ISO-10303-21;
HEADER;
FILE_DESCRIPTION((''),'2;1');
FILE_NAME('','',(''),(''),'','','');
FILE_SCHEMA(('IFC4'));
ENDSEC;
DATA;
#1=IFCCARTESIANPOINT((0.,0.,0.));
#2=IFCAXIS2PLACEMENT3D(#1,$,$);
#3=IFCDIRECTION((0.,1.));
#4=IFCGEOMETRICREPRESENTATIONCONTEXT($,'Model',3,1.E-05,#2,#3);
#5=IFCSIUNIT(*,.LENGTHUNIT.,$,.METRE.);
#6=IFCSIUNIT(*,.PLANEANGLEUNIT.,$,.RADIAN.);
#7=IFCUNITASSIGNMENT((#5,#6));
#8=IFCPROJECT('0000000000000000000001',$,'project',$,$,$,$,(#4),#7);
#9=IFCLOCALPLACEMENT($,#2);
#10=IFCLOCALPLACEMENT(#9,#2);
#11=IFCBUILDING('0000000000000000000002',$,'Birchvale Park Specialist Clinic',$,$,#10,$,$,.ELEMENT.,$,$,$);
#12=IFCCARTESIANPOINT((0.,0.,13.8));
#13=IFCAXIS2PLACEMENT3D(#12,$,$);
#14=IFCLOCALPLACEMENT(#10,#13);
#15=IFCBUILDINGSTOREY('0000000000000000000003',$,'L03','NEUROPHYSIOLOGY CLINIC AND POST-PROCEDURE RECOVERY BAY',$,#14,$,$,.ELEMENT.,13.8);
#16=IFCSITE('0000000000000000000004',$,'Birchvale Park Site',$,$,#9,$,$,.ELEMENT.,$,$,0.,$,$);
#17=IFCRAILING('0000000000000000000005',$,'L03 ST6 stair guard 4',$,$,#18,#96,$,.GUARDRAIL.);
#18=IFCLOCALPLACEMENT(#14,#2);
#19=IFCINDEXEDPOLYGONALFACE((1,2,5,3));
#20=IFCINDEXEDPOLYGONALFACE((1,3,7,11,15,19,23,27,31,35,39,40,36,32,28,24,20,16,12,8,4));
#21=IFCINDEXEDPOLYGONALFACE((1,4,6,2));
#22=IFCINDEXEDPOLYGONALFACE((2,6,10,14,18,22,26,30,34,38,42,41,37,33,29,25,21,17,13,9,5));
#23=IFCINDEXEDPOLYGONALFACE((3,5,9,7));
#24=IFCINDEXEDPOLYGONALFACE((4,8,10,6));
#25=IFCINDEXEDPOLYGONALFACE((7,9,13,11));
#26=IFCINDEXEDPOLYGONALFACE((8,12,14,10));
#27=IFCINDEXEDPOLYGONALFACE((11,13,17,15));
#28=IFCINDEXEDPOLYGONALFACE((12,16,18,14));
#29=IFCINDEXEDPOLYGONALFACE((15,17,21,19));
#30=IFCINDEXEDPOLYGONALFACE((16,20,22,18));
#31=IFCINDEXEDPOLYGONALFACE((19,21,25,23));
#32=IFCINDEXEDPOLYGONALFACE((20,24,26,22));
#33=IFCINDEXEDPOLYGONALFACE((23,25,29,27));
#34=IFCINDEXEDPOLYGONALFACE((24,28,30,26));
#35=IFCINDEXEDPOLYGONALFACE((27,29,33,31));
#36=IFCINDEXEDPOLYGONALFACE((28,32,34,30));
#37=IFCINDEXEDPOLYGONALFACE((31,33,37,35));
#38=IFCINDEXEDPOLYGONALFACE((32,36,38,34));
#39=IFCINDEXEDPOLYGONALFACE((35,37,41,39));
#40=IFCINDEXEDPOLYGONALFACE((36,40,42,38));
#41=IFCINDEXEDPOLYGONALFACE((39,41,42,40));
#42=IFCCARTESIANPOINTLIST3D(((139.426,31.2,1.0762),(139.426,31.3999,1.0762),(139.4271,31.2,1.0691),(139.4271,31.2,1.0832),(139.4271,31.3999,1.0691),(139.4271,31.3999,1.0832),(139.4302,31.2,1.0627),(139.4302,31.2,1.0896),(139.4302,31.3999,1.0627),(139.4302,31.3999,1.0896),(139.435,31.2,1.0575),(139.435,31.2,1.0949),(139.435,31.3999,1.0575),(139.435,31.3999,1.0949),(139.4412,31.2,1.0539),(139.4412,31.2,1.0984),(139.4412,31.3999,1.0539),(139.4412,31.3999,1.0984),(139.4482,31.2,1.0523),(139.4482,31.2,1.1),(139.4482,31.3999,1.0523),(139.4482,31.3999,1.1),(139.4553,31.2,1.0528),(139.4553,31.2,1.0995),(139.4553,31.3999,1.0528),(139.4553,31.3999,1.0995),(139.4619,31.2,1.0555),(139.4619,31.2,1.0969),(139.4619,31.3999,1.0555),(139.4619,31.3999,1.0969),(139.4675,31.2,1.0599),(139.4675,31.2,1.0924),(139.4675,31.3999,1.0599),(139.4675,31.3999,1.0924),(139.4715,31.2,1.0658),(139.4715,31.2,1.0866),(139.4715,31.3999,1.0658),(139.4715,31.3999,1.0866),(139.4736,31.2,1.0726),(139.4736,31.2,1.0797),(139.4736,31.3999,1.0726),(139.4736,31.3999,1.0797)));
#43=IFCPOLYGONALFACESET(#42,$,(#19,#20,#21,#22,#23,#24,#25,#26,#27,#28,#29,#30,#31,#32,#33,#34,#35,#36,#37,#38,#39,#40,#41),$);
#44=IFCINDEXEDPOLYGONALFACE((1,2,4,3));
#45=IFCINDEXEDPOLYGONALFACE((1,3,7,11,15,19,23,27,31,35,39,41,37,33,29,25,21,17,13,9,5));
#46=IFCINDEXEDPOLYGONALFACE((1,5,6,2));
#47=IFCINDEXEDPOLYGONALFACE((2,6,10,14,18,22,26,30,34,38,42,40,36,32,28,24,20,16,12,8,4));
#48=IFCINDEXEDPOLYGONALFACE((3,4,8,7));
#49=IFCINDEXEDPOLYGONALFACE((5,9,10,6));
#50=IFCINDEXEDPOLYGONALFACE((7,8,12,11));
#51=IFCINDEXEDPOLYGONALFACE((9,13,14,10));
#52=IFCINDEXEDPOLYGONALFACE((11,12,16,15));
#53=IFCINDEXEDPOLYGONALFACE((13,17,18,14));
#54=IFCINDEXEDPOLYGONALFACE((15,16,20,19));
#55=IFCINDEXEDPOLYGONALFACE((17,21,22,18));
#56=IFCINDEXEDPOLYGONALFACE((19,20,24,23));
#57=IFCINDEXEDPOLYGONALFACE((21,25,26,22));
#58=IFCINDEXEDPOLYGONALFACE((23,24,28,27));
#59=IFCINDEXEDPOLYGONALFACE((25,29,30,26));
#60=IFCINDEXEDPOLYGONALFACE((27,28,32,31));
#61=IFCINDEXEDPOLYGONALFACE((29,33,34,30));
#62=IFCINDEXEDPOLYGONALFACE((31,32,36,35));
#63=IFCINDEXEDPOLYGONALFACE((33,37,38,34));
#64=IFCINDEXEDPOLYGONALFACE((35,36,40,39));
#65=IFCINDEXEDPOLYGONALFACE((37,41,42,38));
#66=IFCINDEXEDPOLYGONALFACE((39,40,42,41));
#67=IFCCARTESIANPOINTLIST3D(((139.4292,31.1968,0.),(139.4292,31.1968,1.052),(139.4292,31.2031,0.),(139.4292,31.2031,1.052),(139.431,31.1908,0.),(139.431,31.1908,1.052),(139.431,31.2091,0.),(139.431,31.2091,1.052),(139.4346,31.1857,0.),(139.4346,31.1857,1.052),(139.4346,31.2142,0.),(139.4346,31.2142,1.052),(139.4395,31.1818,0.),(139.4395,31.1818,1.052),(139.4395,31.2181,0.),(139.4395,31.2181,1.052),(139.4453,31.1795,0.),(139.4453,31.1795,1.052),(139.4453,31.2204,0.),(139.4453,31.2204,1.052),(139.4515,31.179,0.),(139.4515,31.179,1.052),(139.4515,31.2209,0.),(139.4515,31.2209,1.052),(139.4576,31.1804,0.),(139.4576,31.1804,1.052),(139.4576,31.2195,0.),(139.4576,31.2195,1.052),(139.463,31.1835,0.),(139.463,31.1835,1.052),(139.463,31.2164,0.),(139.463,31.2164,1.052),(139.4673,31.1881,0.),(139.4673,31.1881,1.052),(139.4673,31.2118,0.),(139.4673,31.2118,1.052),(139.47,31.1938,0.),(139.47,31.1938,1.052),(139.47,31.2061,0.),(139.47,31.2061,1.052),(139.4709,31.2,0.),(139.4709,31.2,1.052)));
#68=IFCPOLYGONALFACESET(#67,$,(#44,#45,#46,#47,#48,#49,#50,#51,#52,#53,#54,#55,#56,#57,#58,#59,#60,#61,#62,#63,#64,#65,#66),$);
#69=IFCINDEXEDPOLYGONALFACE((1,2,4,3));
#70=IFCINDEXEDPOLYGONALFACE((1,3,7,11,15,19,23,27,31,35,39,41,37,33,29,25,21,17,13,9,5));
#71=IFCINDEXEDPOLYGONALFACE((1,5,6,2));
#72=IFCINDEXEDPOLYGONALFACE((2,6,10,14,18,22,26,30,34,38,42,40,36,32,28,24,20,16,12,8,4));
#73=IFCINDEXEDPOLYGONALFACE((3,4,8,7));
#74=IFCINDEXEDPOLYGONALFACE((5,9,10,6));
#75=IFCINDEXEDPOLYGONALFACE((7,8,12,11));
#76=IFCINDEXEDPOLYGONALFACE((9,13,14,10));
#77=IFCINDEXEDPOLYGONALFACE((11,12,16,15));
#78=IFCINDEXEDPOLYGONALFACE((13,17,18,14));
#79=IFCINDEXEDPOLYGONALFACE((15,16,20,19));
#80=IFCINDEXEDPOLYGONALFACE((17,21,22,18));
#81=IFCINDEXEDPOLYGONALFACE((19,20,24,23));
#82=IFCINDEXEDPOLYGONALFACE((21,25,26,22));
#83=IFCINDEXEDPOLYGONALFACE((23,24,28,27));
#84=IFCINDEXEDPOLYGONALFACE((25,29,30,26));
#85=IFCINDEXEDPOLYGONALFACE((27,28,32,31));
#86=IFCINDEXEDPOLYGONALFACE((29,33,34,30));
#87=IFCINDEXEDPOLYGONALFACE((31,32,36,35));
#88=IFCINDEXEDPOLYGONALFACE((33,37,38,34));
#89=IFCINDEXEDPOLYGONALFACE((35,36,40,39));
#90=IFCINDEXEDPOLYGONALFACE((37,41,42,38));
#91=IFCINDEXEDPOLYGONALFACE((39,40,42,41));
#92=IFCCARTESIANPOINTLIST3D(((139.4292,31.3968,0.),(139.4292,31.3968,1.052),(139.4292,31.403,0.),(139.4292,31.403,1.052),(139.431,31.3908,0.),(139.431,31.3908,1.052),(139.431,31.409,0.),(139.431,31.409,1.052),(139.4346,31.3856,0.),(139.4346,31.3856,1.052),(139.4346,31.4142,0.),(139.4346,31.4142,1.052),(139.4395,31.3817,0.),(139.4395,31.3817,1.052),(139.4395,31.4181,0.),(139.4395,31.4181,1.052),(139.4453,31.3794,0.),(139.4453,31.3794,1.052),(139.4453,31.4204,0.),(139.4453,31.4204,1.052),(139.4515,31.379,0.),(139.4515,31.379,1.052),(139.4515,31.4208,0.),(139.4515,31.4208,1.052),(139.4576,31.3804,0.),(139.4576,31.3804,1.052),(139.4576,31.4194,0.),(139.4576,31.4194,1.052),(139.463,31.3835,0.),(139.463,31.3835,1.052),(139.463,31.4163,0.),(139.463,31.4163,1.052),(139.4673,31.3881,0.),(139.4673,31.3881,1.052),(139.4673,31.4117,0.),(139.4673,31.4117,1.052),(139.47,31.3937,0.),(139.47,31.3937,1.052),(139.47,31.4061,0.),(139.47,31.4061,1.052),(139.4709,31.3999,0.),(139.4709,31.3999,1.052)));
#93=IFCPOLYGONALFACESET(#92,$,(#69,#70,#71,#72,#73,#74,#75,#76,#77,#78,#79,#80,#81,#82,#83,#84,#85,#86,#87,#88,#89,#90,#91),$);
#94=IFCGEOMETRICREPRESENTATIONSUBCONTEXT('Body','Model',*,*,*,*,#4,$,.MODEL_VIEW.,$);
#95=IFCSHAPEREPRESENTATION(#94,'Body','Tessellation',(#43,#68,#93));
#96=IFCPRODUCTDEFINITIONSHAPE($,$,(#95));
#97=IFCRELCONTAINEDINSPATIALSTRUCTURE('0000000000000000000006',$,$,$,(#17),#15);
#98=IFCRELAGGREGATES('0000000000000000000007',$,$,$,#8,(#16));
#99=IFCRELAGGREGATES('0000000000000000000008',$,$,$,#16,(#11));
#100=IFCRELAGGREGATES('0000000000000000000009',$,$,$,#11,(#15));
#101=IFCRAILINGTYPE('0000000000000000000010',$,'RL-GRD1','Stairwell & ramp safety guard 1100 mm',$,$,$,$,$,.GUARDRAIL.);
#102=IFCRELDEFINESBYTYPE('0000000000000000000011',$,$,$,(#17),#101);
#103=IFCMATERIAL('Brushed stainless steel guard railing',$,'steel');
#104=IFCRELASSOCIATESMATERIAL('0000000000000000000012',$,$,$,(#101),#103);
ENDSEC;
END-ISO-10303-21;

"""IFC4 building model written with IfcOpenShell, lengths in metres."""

from ifc_helpers import new_model, si_unit, direction, frame, origin, origin_2d, place, context, subcontext, project, spatial, circle, extrude, material, type_object, element, save


model = new_model("IFC4")

# Units and contexts
model_context = context("Model", 3, precision=1e-05, world=origin(), true_north=direction((0.0, 1.0)))
body_context = subcontext(model_context, "Body", "Model", "MODEL_VIEW")
ifc_project = project(units=[si_unit("LENGTHUNIT", "METRE"), si_unit("PLANEANGLEUNIT", "RADIAN")], contexts=[model_context])

# Site, building, storey
site_placement = place(None, origin())
site = spatial("IfcSite", under=ifc_project, at=site_placement, Name="Birchvale Park Site", CompositionType="ELEMENT", RefElevation=0.0)
building_placement = place(site_placement, origin())
building = spatial("IfcBuilding", under=site, at=building_placement, Name="Birchvale Park Specialist Clinic", CompositionType="ELEMENT")
storey_placement = place(building_placement, frame((0.0, 0.0, 13.8)))
storey = spatial("IfcBuildingStorey", under=building, at=storey_placement, Name="L03", Description="NEUROPHYSIOLOGY CLINIC AND POST-PROCEDURE RECOVERY BAY", CompositionType="ELEMENT", Elevation=13.8)

# Railing
ifc_material_1 = material(Name="Brushed stainless steel guard railing", Category="steel")
railing_type_1 = type_object("IfcRailingType", Name="RL-GRD1", Description="Stairwell & ramp safety guard 1100 mm", PredefinedType="GUARDRAIL", material=ifc_material_1)
railing_1_placement = place(storey_placement, frame((139.45, 31.2, 0.0)))
element("IfcRailing", 1, at=railing_1_placement, inside=storey, type_object=railing_type_1, Name="L03 ST6 stair guard 4", PredefinedType="GUARDRAIL", context=body_context, shape_type="SweptSolid", body=[
    extrude(circle(Radius=0.0239, at=origin_2d()), frame((0.0, 0.0, 1.0762), z_axis=(0.0, 1.0, 0.0), x_axis=(-1.0, 0.0, 0.0)), (0.0, 0.0, 1.0), 0.2),
    extrude(circle(Radius=0.021, at=origin_2d()), origin(), (0.0, 0.0, 1.0), 1.052),
    extrude(circle(Radius=0.021, at=origin_2d()), frame((0.0, 0.2, 0.0)), (0.0, 0.0, 1.0), 1.052),
])

save(model, "model.ifc")
